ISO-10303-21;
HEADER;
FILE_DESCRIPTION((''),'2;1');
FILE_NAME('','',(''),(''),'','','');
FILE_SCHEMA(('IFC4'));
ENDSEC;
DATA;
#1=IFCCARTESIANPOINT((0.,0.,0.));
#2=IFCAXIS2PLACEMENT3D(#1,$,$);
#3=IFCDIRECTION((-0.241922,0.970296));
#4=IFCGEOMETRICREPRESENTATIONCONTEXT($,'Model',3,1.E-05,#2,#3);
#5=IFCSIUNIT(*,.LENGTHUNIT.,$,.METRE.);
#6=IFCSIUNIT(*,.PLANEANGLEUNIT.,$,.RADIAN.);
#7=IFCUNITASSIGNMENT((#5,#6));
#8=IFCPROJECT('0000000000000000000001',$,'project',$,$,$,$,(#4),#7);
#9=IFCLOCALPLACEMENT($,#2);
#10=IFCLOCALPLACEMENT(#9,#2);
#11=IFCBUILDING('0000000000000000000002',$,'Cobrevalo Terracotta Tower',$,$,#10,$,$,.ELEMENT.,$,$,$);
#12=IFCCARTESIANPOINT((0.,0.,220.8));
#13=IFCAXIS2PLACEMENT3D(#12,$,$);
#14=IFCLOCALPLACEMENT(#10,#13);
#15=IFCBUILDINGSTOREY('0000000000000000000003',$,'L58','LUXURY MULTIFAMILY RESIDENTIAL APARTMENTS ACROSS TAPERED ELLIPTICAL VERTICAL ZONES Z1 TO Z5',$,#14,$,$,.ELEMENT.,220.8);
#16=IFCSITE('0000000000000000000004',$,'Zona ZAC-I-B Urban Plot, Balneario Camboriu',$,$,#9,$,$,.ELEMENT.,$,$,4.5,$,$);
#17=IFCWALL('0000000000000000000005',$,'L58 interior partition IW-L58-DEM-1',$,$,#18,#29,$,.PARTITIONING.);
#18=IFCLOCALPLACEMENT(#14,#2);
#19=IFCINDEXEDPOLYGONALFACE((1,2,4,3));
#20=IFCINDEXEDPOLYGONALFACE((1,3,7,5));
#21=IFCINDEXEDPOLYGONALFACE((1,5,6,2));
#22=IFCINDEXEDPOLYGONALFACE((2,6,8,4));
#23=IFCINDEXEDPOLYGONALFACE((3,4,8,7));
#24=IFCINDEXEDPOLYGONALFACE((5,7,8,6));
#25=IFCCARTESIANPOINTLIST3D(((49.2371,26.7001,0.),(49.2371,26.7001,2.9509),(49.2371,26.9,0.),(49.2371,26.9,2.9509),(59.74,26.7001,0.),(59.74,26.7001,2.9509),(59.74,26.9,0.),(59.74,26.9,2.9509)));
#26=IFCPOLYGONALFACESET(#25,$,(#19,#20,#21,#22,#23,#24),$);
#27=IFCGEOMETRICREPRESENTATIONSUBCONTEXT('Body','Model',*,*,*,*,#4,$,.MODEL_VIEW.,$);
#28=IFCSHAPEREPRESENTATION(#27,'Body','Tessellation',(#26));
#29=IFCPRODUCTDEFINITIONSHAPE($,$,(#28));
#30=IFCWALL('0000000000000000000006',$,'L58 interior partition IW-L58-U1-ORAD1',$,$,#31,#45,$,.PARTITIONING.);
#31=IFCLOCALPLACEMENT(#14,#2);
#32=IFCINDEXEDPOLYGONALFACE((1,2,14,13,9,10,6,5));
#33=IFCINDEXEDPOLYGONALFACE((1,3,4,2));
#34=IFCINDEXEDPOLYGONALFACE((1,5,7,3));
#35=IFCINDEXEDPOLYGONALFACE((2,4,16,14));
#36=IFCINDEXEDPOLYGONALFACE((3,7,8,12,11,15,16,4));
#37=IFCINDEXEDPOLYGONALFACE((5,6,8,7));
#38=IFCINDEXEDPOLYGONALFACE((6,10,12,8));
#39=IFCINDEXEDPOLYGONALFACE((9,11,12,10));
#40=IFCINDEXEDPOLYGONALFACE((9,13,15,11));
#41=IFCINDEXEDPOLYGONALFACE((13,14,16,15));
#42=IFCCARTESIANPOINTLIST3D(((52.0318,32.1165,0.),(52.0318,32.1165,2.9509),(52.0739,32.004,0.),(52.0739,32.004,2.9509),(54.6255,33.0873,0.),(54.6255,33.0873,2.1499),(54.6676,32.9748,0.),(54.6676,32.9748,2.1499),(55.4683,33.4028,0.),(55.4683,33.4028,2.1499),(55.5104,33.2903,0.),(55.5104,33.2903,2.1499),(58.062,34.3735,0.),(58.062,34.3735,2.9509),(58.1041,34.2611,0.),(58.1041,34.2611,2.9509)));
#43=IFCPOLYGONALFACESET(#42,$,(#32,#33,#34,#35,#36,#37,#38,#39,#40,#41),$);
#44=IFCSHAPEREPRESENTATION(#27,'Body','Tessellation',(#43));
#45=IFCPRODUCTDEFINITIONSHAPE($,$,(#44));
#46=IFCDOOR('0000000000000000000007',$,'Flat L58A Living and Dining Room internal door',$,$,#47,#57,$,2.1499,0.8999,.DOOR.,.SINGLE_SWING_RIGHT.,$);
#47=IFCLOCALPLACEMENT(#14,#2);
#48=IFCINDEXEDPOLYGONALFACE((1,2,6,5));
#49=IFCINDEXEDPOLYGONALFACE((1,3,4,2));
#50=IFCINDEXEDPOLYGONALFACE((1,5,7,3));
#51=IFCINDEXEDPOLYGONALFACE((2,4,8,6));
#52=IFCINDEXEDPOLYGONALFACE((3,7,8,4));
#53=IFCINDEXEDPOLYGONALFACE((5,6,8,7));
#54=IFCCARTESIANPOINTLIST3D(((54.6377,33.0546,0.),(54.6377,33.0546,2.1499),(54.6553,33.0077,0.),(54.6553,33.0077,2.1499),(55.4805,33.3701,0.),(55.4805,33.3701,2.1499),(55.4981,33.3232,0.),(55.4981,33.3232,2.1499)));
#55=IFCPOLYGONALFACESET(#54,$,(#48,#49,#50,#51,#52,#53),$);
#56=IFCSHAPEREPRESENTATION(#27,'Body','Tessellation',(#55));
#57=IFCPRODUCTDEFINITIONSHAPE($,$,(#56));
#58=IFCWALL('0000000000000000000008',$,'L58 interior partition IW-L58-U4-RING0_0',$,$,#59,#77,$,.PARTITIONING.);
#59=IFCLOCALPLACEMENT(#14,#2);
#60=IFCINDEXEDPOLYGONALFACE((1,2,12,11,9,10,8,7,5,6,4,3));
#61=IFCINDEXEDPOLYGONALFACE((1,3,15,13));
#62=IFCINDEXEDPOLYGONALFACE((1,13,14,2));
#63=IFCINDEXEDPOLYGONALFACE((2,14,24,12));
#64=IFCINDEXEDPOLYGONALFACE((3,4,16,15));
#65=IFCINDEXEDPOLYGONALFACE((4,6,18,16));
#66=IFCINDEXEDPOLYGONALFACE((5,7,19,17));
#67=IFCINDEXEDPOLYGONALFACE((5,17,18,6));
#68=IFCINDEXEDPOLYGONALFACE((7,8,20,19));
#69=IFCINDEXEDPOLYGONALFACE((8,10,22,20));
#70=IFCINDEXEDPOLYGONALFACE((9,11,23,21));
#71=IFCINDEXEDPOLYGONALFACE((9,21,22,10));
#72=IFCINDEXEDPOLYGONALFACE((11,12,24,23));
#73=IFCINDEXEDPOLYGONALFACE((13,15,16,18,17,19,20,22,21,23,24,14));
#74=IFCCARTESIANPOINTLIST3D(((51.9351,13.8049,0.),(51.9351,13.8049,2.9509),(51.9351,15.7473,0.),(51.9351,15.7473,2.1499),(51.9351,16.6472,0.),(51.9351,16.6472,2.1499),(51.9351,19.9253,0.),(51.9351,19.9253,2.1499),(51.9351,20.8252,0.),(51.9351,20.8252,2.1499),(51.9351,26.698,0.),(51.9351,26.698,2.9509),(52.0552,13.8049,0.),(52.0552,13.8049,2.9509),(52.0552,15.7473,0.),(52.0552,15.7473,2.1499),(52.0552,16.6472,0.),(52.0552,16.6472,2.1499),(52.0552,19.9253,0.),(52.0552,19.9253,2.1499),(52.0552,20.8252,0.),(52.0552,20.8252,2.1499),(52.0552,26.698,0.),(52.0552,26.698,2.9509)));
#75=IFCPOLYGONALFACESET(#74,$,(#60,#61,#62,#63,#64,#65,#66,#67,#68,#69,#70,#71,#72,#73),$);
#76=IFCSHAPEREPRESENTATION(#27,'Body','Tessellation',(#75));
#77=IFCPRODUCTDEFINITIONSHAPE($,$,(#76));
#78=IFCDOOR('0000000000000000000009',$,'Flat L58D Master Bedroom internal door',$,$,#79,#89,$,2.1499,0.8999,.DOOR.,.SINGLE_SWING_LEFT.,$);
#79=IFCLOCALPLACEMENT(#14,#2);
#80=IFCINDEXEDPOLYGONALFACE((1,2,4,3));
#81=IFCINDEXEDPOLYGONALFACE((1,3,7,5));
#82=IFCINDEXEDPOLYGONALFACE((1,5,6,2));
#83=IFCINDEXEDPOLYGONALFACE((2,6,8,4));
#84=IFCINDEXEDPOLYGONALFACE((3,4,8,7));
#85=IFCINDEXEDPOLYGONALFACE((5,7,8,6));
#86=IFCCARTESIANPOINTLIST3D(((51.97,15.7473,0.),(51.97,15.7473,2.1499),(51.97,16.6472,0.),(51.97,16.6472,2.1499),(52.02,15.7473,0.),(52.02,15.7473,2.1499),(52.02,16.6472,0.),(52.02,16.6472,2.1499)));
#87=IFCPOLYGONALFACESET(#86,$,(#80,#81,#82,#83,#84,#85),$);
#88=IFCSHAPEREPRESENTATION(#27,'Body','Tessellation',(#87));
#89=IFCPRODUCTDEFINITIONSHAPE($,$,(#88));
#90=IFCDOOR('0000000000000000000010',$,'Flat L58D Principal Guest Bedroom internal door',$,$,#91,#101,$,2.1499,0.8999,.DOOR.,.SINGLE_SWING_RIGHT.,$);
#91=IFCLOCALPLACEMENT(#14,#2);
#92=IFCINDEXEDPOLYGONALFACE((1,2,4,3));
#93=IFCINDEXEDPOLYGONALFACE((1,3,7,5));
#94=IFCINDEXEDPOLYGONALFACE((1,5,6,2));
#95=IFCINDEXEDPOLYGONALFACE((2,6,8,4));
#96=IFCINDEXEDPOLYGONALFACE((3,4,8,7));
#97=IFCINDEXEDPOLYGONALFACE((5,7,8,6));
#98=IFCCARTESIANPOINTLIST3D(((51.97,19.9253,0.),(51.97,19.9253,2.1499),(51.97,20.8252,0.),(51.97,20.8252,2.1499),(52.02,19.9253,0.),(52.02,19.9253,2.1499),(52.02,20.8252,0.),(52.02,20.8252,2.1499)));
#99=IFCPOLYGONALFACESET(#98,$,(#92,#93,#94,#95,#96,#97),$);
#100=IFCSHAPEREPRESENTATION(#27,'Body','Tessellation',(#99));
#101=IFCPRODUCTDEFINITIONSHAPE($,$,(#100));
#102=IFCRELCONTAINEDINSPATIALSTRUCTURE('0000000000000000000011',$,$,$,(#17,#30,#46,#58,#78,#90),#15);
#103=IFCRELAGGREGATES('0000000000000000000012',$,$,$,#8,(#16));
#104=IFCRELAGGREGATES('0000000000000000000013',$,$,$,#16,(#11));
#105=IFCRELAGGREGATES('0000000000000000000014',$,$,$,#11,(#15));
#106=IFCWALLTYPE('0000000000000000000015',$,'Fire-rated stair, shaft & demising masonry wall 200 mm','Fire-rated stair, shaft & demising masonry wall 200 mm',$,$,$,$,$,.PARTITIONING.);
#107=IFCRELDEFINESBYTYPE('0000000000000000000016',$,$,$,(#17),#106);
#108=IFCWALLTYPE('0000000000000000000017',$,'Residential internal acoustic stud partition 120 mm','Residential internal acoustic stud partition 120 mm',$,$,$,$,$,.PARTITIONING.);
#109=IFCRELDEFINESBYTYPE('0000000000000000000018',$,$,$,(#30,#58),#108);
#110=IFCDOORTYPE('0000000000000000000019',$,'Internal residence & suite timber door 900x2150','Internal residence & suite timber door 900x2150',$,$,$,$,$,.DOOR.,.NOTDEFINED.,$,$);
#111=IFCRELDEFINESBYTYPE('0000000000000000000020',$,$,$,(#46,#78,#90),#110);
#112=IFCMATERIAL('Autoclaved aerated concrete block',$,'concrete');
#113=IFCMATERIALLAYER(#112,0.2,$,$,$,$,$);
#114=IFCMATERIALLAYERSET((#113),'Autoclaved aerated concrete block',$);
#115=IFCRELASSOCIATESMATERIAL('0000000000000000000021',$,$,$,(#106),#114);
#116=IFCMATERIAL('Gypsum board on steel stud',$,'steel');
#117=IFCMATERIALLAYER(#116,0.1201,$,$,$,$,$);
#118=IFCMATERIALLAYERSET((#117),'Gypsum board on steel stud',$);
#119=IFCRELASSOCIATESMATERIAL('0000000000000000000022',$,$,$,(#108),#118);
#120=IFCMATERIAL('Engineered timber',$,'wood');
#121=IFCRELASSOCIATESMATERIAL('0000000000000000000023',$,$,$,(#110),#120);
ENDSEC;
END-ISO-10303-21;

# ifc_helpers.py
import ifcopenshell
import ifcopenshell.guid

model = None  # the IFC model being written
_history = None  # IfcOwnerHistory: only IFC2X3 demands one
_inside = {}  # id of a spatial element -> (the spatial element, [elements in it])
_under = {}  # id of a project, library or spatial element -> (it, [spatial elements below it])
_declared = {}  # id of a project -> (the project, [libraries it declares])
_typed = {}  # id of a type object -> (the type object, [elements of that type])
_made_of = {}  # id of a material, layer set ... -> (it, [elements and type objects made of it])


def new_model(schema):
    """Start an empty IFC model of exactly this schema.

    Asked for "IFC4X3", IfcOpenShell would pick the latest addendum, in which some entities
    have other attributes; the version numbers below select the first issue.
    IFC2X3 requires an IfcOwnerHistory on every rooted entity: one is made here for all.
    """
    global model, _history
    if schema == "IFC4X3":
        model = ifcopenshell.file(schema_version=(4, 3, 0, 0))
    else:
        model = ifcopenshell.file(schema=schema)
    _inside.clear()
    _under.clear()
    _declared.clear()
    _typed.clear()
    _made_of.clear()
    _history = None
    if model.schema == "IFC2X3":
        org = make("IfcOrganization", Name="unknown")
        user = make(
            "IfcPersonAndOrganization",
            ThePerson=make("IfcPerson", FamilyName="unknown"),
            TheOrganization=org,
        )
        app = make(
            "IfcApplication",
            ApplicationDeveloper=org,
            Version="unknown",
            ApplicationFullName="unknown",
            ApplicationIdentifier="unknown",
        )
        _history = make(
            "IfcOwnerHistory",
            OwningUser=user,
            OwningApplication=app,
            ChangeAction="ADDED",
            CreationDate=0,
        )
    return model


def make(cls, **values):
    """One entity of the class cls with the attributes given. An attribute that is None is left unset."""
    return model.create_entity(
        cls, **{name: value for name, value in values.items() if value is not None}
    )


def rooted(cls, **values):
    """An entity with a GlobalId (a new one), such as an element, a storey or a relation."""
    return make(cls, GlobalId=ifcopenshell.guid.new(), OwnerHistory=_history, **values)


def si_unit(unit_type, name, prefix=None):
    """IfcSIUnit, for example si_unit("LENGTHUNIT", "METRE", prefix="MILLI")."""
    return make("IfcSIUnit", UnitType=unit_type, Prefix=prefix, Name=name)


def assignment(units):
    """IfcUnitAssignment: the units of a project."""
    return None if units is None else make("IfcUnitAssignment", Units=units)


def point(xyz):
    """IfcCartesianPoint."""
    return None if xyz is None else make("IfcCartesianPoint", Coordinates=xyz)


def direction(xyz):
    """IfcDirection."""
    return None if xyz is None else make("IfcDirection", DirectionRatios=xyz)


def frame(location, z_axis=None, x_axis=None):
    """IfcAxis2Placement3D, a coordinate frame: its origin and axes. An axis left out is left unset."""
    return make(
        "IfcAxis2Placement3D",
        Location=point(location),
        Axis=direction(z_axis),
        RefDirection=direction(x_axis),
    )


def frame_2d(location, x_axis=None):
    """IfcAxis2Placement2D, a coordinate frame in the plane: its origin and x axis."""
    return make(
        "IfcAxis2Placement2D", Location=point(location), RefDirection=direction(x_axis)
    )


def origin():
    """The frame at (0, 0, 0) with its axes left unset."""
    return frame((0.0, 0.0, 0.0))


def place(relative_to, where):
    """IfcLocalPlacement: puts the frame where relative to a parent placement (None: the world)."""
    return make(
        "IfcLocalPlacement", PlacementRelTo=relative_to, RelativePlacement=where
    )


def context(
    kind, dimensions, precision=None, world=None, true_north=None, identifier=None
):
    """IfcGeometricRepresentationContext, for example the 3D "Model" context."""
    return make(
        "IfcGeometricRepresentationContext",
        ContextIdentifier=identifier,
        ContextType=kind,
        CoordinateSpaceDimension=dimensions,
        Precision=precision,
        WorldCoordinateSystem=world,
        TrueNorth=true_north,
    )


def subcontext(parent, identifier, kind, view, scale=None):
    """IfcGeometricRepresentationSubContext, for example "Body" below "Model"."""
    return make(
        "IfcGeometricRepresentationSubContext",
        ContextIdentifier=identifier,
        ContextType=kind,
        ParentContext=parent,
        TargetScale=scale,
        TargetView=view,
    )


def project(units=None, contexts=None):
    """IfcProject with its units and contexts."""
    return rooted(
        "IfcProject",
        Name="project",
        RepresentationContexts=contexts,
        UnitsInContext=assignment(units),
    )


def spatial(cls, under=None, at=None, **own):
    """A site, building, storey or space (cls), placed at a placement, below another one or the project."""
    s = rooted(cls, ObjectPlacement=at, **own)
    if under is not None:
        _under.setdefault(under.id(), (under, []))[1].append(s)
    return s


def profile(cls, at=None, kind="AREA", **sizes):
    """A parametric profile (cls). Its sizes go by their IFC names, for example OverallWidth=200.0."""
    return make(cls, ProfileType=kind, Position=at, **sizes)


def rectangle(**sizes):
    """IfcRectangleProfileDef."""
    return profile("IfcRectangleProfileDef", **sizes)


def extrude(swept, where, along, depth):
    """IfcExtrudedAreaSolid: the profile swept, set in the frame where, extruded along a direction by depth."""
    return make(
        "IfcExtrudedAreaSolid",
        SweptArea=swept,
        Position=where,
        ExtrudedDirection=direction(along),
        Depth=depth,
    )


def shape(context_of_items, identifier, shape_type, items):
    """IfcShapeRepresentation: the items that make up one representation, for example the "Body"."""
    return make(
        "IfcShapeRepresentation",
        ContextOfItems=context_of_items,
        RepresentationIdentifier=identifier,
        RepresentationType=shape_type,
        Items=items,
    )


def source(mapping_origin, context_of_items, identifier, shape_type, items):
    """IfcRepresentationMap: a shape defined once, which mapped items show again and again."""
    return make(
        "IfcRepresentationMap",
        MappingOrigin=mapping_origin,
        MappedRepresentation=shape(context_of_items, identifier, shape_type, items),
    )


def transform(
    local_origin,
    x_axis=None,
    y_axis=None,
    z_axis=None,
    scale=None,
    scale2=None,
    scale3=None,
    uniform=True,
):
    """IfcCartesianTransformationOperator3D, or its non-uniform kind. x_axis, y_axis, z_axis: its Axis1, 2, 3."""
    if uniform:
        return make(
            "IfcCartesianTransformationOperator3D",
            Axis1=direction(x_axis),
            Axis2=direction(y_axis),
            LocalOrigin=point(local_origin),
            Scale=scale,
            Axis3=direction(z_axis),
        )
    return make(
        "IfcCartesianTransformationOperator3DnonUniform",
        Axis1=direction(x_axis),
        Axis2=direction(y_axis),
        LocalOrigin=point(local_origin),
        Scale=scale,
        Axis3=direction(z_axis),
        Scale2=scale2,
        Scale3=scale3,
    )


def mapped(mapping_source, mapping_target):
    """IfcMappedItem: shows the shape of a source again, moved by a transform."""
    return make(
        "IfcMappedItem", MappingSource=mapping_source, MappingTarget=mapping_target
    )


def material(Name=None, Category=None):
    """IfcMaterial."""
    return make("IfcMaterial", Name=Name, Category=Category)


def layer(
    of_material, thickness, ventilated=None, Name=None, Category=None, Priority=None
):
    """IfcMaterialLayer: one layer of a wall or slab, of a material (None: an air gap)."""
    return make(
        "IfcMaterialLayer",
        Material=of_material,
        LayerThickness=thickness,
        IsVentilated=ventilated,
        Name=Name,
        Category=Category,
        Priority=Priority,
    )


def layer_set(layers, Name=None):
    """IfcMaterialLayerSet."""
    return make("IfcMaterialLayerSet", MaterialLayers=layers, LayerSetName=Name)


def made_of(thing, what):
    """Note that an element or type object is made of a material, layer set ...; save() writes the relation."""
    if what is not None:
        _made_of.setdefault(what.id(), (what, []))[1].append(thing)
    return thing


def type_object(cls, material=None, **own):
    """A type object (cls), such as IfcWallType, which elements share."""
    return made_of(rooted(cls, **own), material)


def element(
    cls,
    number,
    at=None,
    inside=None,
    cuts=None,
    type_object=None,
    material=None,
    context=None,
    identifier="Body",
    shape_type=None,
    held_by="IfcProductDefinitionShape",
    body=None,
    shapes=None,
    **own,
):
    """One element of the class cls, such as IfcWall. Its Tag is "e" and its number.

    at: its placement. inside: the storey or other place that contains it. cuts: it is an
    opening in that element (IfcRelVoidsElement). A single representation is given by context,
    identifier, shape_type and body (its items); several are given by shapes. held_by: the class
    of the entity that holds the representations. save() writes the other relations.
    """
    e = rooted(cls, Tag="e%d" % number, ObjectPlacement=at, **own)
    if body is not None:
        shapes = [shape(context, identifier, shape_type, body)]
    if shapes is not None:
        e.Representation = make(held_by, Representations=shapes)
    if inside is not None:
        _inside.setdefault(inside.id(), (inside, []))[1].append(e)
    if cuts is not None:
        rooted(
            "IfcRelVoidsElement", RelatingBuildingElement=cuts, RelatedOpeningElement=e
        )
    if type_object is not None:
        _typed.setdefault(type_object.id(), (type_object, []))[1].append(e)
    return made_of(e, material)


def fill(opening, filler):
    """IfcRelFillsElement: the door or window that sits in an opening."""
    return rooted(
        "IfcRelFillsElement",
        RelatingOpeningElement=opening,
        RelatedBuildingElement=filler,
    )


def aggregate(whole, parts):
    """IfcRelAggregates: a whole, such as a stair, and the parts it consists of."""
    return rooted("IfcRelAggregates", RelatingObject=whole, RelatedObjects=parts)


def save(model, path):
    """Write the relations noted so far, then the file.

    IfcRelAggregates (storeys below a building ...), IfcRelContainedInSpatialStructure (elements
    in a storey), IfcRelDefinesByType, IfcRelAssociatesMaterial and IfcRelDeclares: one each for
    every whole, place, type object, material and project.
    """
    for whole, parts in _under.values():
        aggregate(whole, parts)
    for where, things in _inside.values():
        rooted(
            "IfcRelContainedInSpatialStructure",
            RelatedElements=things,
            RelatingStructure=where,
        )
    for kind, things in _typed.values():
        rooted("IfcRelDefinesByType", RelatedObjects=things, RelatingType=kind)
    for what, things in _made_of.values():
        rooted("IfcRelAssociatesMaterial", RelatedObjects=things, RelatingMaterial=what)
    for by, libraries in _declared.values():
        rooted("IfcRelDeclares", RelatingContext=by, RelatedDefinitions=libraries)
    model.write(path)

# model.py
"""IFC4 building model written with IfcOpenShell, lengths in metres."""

from ifc_helpers import new_model, si_unit, direction, frame, frame_2d, origin, place, context, subcontext, project, spatial, rectangle, extrude, source, transform, mapped, material, layer, layer_set, type_object, element, fill, save


model = new_model("IFC4")

# Units and contexts
model_context = context("Model", 3, precision=1e-05, world=origin(), true_north=direction((-0.241922, 0.970296)))
body_context = subcontext(model_context, "Body", "Model", "MODEL_VIEW")
ifc_project = project(units=[si_unit("LENGTHUNIT", "METRE"), si_unit("PLANEANGLEUNIT", "RADIAN")], contexts=[model_context])

# Site, building, storey
site_placement = place(None, origin())
site = spatial("IfcSite", under=ifc_project, at=site_placement, Name="Zona ZAC-I-B Urban Plot, Balneario Camboriu", CompositionType="ELEMENT", RefElevation=4.5)
building_placement = place(site_placement, origin())
building = spatial("IfcBuilding", under=site, at=building_placement, Name="Cobrevalo Terracotta Tower", CompositionType="ELEMENT")
storey_placement = place(building_placement, frame((0.0, 0.0, 220.8)))
storey = spatial("IfcBuildingStorey", under=building, at=storey_placement, Name="L58", Description="LUXURY MULTIFAMILY RESIDENTIAL APARTMENTS ACROSS TAPERED ELLIPTICAL VERTICAL ZONES Z1 TO Z5", CompositionType="ELEMENT", Elevation=220.8)

# Wall
ifc_material_1 = material(Name="Autoclaved aerated concrete block", Category="concrete")
ifc_layer_1 = layer(ifc_material_1, 0.2)
ifc_layer_set_1 = layer_set([ifc_layer_1], Name="Autoclaved aerated concrete block")
wall_type_1 = type_object("IfcWallType", Name="Fire-rated stair, shaft & demising masonry wall 200 mm", Description="Fire-rated stair, shaft & demising masonry wall 200 mm", PredefinedType="PARTITIONING", material=ifc_layer_set_1)
wall_1_placement = place(storey_placement, frame((49.2371, 26.8, 0.0), z_axis=(0.0, 0.0, 1.0), x_axis=(1.0, 0.0, 0.0)))
element("IfcWall", 1, at=wall_1_placement, inside=storey, type_object=wall_type_1, Name="L58 interior partition IW-L58-DEM-1", PredefinedType="PARTITIONING", context=body_context, shape_type="SweptSolid", body=[
    extrude(rectangle(XDim=10.5029, YDim=0.2, at=frame_2d((5.2515, 0.0))), origin(), (0.0, 0.0, 1.0), 2.9509),
])

# Wall, opening, door
ifc_material_2 = material(Name="Gypsum board on steel stud", Category="steel")
ifc_layer_2 = layer(ifc_material_2, 0.1201)
ifc_layer_set_2 = layer_set([ifc_layer_2], Name="Gypsum board on steel stud")
wall_type_2 = type_object("IfcWallType", Name="Residential internal acoustic stud partition 120 mm", Description="Residential internal acoustic stud partition 120 mm", PredefinedType="PARTITIONING", material=ifc_layer_set_2)
wall_2_placement = place(storey_placement, frame((52.053, 32.0603, 0.0), z_axis=(0.0, 0.0, 1.0), x_axis=(0.936547, 0.350542, 0.0)))
wall_2 = element("IfcWall", 2, at=wall_2_placement, inside=storey, type_object=wall_type_2, Name="L58 interior partition IW-L58-U1-ORAD1", PredefinedType="PARTITIONING", context=body_context, shape_type="SweptSolid", body=[
    extrude(rectangle(XDim=6.4387, YDim=0.1201, at=frame_2d((3.2192, 0.0))), origin(), (0.0, 0.0, 1.0), 2.9509),
])
opening_1_placement = place(wall_2_placement, frame((2.7693, 0.0, 0.0)))
opening_1 = element("IfcOpeningElement", 3, at=opening_1_placement, cuts=wall_2, PredefinedType="OPENING", context=body_context, shape_type="SweptSolid", body=[
    extrude(rectangle(XDim=0.8999, YDim=2.1499, at=frame_2d((0.45, 1.075))), frame((0.0, 0.0701, 0.0), z_axis=(0.0, -1.0, 0.0), x_axis=(1.0, 0.0, 0.0)), (0.0, 0.0, 1.0), 0.1401),
])
ifc_material_3 = material(Name="Engineered timber", Category="wood")
door_type = type_object("IfcDoorType", Name="Internal residence & suite timber door 900x2150", Description="Internal residence & suite timber door 900x2150", OperationType="NOTDEFINED", PredefinedType="DOOR", material=ifc_material_3)
shared_shape_1 = source(origin(), body_context, "Body", "SweptSolid", [
    extrude(rectangle(XDim=0.8999, YDim=2.1499, at=frame_2d((0.45, 1.075))), frame((0.0, 0.0249, 0.0), z_axis=(0.0, -1.0, 0.0), x_axis=(1.0, 0.0, 0.0)), (0.0, 0.0, 1.0), 0.05),
])
door_1_placement = place(opening_1_placement, frame((0.8999, 0.0, 0.0), z_axis=(0.0, 0.0, 1.0), x_axis=(-1.0, 0.0, 0.0)))
door_1 = element("IfcDoor", 4, at=door_1_placement, inside=storey, type_object=door_type, Name="Flat L58A Living and Dining Room internal door", OperationType="SINGLE_SWING_RIGHT", OverallHeight=2.1499, OverallWidth=0.8999, PredefinedType="DOOR", context=body_context, shape_type="MappedRepresentation", body=[
    mapped(shared_shape_1, transform((0.0, 0.0, 0.0), scale=1.0)),
])
fill(opening_1, door_1)

# Wall, openings, doors
wall_3_placement = place(storey_placement, frame((51.9951, 26.698, 0.0), z_axis=(0.0, 0.0, 1.0), x_axis=(0.0, -1.0, 0.0)))
wall_3 = element("IfcWall", 5, at=wall_3_placement, inside=storey, type_object=wall_type_2, Name="L58 interior partition IW-L58-U4-RING0_0", PredefinedType="PARTITIONING", context=body_context, shape_type="SweptSolid", body=[
    extrude(rectangle(XDim=12.8931, YDim=0.1201, at=frame_2d((6.4465, 0.0))), origin(), (0.0, 0.0, 1.0), 2.9509),
])
opening_2_placement = place(wall_3_placement, frame((10.0508, 0.0, 0.0)))
opening_2 = element("IfcOpeningElement", 6, at=opening_2_placement, cuts=wall_3, PredefinedType="OPENING", context=body_context, shape_type="SweptSolid", body=[
    extrude(rectangle(XDim=0.8999, YDim=2.1499, at=frame_2d((0.45, 1.075))), frame((0.0, 0.0701, 0.0), z_axis=(0.0, -1.0, 0.0), x_axis=(1.0, 0.0, 0.0)), (0.0, 0.0, 1.0), 0.1401),
])
opening_3_placement = place(wall_3_placement, frame((5.8728, 0.0, 0.0)))
opening_3 = element("IfcOpeningElement", 7, at=opening_3_placement, cuts=wall_3, PredefinedType="OPENING", context=body_context, shape_type="SweptSolid", body=[
    extrude(rectangle(XDim=0.8999, YDim=2.1499, at=frame_2d((0.45, 1.075))), frame((0.0, 0.0701, 0.0), z_axis=(0.0, -1.0, 0.0), x_axis=(1.0, 0.0, 0.0)), (0.0, 0.0, 1.0), 0.1401),
])
door_2_placement = place(opening_2_placement, origin())
door_2 = element("IfcDoor", 8, at=door_2_placement, inside=storey, type_object=door_type, Name="Flat L58D Master Bedroom internal door", OperationType="SINGLE_SWING_LEFT", OverallHeight=2.1499, OverallWidth=0.8999, PredefinedType="DOOR", context=body_context, shape_type="MappedRepresentation", body=[
    mapped(shared_shape_1, transform((0.0, 0.0, 0.0), scale=1.0)),
])
fill(opening_2, door_2)
door_3_placement = place(opening_3_placement, origin())
door_3 = element("IfcDoor", 9, at=door_3_placement, inside=storey, type_object=door_type, Name="Flat L58D Principal Guest Bedroom internal door", OperationType="SINGLE_SWING_RIGHT", OverallHeight=2.1499, OverallWidth=0.8999, PredefinedType="DOOR", context=body_context, shape_type="MappedRepresentation", body=[
    mapped(shared_shape_1, transform((0.0, 0.0, 0.0), scale=1.0)),
])
fill(opening_3, door_3)

save(model, "model.ifc")
